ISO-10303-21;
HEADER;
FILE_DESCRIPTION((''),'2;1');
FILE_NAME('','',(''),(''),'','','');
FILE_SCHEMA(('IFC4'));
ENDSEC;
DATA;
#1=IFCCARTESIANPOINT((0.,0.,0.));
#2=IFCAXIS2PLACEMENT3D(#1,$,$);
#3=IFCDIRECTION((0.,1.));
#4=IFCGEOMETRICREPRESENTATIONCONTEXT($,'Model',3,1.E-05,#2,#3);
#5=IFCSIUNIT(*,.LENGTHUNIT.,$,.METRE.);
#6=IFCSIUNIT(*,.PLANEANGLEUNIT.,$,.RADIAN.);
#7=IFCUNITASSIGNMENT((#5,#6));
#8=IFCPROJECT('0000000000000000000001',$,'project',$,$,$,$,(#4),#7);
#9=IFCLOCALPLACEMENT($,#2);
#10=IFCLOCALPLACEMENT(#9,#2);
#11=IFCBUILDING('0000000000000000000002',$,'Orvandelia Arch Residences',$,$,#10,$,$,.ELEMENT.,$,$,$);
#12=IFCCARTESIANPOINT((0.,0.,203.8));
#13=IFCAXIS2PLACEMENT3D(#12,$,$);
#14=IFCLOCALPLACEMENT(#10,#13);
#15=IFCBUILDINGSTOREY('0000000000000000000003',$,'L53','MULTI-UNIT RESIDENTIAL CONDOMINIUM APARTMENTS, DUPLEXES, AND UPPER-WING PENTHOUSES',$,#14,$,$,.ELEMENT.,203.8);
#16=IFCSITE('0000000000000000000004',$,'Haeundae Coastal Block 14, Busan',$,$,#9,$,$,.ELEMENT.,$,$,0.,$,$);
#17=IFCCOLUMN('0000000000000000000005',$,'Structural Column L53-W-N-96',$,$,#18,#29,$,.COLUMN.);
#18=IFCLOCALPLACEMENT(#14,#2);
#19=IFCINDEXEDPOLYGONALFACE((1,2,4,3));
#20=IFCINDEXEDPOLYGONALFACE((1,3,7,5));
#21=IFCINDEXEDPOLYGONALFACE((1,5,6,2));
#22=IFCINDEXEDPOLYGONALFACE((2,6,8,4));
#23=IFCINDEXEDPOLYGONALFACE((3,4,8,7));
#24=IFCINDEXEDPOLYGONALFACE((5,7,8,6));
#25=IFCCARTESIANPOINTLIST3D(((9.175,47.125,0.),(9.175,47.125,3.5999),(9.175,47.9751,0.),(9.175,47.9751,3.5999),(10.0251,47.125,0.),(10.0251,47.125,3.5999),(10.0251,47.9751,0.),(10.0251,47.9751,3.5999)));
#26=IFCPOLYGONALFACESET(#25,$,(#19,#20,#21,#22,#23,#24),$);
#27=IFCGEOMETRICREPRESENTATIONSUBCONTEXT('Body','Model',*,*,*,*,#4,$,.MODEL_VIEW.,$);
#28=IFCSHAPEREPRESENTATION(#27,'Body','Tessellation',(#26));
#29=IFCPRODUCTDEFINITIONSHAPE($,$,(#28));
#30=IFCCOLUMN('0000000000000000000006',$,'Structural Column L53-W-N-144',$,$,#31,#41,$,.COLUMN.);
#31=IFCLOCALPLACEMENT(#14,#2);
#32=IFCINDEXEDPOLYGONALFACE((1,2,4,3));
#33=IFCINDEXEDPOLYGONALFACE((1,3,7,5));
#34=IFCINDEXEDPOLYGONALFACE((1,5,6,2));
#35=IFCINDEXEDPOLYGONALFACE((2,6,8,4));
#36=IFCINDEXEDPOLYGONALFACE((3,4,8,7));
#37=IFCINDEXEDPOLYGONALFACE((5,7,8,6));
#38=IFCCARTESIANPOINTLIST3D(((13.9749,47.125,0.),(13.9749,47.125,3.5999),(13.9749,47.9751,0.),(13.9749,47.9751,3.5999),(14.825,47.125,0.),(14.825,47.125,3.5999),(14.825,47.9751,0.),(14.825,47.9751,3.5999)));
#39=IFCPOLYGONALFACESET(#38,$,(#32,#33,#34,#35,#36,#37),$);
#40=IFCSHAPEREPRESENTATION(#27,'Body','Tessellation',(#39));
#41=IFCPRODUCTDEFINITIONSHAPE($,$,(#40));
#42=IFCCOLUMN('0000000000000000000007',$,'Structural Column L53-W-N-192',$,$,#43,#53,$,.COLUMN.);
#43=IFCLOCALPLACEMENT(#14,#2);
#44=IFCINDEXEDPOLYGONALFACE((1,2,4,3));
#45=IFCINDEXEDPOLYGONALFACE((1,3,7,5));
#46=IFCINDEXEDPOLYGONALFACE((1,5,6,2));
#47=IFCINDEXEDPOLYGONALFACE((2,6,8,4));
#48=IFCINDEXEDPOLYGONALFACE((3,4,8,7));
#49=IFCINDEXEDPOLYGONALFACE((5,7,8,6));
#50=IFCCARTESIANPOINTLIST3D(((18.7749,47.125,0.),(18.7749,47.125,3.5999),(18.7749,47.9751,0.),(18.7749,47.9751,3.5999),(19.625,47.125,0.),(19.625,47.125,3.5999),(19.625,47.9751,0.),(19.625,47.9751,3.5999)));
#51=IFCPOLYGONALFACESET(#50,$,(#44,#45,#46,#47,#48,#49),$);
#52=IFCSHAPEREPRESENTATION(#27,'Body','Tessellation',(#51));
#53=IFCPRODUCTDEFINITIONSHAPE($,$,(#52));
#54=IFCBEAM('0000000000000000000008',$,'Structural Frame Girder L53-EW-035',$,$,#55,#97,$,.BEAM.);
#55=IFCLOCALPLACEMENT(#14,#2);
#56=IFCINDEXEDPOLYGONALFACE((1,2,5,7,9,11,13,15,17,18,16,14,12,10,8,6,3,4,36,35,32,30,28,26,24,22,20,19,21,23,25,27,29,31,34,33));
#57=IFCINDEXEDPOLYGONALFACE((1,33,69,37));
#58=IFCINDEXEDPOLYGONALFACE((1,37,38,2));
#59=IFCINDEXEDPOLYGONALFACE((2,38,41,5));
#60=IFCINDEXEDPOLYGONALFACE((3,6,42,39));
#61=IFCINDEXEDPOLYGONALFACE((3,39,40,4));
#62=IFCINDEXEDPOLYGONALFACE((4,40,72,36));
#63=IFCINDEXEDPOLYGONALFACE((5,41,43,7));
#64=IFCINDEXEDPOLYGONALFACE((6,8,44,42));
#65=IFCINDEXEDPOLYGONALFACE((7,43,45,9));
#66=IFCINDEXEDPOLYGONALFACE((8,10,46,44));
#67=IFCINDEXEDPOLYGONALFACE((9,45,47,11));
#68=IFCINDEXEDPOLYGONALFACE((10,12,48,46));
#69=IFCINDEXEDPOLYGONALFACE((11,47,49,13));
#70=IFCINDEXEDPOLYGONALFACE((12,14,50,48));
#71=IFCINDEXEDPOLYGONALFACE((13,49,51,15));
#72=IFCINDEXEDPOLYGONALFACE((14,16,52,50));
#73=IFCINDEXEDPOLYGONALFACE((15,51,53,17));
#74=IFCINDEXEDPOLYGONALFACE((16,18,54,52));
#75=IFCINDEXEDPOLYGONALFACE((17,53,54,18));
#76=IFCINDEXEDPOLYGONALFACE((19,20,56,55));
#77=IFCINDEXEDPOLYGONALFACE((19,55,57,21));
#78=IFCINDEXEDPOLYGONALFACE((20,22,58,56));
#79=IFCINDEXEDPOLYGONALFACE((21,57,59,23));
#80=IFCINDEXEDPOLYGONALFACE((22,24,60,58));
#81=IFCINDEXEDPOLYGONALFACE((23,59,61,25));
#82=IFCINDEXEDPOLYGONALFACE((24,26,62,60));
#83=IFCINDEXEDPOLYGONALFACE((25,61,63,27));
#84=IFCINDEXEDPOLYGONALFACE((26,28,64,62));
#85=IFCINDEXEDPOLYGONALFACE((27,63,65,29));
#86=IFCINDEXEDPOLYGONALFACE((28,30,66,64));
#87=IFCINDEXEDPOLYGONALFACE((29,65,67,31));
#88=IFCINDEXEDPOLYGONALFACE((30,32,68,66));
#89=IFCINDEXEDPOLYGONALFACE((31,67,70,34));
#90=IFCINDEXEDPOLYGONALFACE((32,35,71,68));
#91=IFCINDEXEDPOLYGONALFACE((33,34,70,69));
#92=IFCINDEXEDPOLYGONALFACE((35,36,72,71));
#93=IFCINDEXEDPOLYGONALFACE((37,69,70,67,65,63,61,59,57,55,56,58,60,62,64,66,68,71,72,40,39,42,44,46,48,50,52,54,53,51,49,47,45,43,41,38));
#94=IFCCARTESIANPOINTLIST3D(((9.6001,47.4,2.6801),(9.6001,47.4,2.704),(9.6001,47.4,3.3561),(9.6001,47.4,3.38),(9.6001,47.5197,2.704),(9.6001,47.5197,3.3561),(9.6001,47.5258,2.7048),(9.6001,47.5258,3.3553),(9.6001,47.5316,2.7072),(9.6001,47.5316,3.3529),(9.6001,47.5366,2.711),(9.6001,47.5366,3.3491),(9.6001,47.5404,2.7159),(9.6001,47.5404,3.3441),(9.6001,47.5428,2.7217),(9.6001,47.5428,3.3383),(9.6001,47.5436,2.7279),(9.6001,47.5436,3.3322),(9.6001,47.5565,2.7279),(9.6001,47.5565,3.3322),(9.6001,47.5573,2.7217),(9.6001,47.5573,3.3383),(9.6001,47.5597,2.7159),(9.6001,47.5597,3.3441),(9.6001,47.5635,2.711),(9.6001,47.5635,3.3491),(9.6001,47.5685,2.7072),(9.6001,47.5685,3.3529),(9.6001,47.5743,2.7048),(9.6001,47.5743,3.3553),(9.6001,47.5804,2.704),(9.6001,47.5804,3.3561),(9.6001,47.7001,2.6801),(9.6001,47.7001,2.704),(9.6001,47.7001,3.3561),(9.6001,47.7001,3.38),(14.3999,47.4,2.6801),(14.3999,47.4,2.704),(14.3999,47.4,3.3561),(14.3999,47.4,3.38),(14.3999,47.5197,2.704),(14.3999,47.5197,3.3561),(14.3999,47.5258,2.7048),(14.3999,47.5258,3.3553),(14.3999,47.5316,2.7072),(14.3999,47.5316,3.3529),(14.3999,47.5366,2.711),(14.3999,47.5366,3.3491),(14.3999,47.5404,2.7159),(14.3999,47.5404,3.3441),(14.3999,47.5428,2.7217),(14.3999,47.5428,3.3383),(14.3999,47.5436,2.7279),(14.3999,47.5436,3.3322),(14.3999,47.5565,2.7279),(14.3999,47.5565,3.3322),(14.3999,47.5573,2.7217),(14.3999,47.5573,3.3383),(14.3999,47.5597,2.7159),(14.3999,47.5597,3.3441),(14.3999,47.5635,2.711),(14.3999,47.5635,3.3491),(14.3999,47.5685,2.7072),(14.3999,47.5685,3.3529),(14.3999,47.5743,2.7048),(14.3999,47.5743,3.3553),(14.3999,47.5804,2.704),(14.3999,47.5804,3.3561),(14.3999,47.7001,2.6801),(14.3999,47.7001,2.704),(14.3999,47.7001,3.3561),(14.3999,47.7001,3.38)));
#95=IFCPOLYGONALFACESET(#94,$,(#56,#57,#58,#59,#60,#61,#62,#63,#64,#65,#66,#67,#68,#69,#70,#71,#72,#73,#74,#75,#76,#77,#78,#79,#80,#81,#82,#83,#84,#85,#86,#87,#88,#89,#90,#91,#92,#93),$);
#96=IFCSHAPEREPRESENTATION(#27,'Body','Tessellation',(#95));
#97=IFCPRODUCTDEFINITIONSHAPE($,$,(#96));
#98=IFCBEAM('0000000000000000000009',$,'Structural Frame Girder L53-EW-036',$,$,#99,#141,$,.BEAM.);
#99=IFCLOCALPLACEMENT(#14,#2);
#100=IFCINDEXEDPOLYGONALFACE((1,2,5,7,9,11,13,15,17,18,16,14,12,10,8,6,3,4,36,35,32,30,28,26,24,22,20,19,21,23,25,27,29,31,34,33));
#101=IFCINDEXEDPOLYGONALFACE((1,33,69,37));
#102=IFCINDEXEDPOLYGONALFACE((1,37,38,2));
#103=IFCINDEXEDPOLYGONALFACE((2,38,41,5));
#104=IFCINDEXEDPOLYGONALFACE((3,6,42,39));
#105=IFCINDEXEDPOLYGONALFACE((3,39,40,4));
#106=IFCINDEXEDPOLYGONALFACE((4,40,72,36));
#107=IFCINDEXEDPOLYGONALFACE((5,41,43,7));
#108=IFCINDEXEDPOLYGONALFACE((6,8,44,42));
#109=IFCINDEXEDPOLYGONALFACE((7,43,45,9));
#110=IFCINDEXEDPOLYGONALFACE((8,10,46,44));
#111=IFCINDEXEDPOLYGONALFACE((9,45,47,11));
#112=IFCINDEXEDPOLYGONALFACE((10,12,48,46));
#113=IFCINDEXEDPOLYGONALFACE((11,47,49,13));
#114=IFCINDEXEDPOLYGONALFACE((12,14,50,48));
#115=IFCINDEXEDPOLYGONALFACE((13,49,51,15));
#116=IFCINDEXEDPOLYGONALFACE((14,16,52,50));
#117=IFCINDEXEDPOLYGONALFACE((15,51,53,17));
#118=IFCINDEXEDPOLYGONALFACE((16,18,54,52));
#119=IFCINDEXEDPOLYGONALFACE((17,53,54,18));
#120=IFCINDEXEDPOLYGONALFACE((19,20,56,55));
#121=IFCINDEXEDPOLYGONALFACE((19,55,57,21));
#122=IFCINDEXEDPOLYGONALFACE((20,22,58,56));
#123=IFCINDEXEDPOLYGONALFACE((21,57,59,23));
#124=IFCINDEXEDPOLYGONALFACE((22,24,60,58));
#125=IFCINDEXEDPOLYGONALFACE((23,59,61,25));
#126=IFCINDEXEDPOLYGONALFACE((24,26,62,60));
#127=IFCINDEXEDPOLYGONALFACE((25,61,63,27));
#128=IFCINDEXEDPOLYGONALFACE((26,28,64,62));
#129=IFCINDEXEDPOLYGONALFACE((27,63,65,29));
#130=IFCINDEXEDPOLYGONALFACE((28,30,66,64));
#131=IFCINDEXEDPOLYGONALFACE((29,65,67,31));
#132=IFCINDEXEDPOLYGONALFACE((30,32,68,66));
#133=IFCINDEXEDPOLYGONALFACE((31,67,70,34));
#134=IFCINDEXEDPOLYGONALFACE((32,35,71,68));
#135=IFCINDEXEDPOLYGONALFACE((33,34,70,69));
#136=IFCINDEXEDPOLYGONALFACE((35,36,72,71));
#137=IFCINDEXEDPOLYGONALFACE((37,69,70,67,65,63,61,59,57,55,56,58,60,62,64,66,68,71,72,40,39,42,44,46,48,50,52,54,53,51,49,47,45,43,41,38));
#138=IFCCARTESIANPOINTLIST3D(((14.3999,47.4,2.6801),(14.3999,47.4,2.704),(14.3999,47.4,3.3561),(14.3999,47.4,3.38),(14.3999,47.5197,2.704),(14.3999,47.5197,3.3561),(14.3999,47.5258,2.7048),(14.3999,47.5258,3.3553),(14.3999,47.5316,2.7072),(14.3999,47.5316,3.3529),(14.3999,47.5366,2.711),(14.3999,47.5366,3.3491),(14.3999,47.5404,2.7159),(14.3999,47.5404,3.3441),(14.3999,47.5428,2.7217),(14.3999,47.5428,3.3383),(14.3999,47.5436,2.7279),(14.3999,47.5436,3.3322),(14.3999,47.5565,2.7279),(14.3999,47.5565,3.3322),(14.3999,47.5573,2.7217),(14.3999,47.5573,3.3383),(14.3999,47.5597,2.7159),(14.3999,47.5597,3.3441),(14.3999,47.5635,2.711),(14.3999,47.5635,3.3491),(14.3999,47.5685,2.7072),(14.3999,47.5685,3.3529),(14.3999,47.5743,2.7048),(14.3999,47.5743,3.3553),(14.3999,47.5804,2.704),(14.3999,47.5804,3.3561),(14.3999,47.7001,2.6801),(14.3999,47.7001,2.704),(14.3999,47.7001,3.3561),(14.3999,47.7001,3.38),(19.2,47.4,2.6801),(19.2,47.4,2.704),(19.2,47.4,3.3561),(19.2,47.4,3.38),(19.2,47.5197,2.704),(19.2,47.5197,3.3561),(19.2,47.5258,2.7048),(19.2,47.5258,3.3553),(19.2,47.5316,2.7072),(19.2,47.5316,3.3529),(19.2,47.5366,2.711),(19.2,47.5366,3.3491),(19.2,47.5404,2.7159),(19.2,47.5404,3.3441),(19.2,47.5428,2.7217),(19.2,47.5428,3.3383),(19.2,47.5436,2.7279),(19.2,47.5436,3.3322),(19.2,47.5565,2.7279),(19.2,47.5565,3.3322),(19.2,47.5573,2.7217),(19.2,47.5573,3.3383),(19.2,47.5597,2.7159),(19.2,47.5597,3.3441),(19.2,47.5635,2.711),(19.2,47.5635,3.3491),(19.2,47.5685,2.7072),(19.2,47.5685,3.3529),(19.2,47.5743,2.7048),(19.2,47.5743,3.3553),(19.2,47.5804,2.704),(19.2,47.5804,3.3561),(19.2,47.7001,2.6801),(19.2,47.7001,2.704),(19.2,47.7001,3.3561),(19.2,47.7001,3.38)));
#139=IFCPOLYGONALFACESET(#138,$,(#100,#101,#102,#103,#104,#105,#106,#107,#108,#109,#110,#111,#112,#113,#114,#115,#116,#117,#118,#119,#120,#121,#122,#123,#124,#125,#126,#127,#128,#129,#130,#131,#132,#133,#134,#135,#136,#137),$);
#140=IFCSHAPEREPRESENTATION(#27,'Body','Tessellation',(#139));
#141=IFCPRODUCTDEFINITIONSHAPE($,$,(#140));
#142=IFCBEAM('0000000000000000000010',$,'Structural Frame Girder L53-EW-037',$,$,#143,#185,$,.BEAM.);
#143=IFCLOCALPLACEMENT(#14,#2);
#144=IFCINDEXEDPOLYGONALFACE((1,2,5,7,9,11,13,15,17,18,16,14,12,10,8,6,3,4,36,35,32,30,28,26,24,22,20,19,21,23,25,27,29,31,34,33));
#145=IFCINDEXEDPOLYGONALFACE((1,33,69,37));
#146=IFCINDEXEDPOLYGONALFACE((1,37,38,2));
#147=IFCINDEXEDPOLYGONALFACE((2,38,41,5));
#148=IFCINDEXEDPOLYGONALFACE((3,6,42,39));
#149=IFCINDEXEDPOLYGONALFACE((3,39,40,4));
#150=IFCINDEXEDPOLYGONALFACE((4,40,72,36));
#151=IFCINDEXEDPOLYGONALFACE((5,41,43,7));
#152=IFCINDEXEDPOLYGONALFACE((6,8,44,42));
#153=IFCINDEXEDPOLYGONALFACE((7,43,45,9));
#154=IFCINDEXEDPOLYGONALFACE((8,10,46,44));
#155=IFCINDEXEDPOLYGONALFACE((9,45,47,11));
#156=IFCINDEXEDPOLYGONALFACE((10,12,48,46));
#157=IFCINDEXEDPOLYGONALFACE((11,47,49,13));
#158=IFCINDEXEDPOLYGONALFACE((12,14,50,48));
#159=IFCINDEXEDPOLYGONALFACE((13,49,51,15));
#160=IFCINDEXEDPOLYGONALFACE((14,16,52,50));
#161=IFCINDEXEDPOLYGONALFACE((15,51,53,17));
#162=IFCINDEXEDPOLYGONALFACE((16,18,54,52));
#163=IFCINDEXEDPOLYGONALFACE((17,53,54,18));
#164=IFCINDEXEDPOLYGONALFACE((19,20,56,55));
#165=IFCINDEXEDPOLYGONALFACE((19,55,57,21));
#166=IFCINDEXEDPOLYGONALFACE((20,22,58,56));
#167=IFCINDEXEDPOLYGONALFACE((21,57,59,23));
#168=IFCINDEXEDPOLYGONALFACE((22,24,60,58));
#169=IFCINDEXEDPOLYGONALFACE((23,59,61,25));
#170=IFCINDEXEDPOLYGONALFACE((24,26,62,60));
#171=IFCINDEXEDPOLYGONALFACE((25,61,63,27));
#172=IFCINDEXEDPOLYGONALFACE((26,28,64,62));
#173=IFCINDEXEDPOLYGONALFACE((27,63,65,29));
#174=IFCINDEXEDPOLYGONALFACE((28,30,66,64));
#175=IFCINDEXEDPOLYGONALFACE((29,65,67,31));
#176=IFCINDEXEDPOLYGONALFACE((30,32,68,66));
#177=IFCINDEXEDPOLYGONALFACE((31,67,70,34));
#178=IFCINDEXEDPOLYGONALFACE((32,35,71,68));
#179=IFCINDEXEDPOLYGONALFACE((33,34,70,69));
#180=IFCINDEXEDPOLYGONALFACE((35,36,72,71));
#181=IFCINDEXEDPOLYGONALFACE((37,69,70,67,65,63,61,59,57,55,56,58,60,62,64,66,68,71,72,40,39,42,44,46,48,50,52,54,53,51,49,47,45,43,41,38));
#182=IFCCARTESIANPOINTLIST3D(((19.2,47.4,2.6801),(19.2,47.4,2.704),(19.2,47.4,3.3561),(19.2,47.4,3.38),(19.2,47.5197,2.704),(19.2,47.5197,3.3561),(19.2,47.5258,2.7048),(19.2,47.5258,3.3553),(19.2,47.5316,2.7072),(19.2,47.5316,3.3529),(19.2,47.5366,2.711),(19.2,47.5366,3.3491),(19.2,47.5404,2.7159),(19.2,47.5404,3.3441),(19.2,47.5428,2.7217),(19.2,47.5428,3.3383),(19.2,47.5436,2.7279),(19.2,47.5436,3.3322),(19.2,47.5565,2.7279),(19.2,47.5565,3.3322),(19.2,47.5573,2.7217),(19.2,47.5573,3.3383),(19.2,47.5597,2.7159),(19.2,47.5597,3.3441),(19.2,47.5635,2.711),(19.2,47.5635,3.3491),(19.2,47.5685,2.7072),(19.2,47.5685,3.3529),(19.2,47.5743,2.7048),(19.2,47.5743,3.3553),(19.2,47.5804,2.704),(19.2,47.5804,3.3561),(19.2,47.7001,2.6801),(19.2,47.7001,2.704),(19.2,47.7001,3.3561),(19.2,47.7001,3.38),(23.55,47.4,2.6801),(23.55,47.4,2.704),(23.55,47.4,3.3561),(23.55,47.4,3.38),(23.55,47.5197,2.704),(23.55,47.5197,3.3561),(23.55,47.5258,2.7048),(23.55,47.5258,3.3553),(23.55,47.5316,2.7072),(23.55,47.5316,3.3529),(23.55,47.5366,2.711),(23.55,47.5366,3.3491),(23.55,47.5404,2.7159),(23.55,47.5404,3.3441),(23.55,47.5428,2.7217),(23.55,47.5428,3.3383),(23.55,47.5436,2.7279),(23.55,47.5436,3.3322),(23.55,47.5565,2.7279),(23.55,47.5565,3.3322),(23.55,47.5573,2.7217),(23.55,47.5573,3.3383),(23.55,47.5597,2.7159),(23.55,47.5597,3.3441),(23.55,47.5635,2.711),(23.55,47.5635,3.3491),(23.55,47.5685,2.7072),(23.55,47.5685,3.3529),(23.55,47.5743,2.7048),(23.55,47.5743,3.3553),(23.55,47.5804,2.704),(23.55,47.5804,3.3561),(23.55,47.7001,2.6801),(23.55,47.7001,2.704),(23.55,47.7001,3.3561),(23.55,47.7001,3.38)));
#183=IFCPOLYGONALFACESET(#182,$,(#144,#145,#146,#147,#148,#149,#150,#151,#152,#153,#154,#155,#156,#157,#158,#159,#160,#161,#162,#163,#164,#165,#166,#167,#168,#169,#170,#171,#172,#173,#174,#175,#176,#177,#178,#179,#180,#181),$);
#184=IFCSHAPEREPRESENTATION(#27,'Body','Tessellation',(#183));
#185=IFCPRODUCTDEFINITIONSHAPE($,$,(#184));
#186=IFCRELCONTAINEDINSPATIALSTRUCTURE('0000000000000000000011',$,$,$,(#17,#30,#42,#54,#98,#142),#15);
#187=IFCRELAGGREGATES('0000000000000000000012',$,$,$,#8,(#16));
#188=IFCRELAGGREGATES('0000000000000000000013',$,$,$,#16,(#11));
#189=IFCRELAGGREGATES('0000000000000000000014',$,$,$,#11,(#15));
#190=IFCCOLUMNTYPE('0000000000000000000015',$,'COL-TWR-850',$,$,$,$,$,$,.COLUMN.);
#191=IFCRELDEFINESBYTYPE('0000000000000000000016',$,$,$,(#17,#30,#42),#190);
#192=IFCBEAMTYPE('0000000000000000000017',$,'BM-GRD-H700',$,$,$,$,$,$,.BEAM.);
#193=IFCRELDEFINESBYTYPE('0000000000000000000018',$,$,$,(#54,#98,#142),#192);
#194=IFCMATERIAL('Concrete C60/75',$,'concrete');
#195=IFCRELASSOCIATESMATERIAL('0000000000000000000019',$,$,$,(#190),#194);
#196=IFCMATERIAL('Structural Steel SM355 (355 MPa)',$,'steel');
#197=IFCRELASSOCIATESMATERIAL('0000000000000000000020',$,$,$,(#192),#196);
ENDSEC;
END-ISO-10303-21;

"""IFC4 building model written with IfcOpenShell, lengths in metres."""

from ifc_helpers import new_model, si_unit, direction, frame, origin, origin_2d, place, context, subcontext, project, spatial, rectangle, i_section, extrude, material, material_profile, profile_set, type_object, element, save


model = new_model("IFC4")

# Units and contexts
model_context = context("Model", 3, precision=1e-05, world=origin(), true_north=direction((0.0, 1.0)))
body_context = subcontext(model_context, "Body", "Model", "MODEL_VIEW")
ifc_project = project(units=[si_unit("LENGTHUNIT", "METRE"), si_unit("PLANEANGLEUNIT", "RADIAN")], contexts=[model_context])

# Site, building, storey
site_placement = place(None, origin())
site = spatial("IfcSite", under=ifc_project, at=site_placement, Name="Haeundae Coastal Block 14, Busan", CompositionType="ELEMENT", RefElevation=0.0)
building_placement = place(site_placement, origin())
building = spatial("IfcBuilding", under=site, at=building_placement, Name="Orvandelia Arch Residences", CompositionType="ELEMENT")
storey_placement = place(building_placement, frame((0.0, 0.0, 203.8)))
storey = spatial("IfcBuildingStorey", under=building, at=storey_placement, Name="L53", Description="MULTI-UNIT RESIDENTIAL CONDOMINIUM APARTMENTS, DUPLEXES, AND UPPER-WING PENTHOUSES", CompositionType="ELEMENT", Elevation=203.8)

# Columns
ifc_material_1 = material(Name="Concrete C60/75", Category="concrete")
ifc_material_profile_1 = material_profile(ifc_material_1, rectangle(XDim=0.8501, YDim=0.8501, at=origin_2d()), Name="Concrete C60/75", Category="concrete")
ifc_profile_set_1 = profile_set([ifc_material_profile_1], Name="Concrete C60/75")
column_type = type_object("IfcColumnType", Name="COL-TWR-850", PredefinedType="COLUMN", material=ifc_profile_set_1)
for number, where, z_axis, x_axis, name in (
    (1, (9.6001, 47.55, 0.0), (0.0, 0.0, 1.0), (1.0, 0.0, 0.0), "Structural Column L53-W-N-96"),
    (2, (14.3999, 47.55, 0.0), (0.0, 0.0, 1.0), (1.0, 0.0, 0.0), "Structural Column L53-W-N-144"),
    (3, (19.2, 47.55, 0.0), (0.0, 0.0, 1.0), (1.0, 0.0, 0.0), "Structural Column L53-W-N-192"),
):
    element("IfcColumn", number, at=place(storey_placement, frame(where, z_axis=z_axis, x_axis=x_axis)), inside=storey, type_object=column_type, Name=name, PredefinedType="COLUMN", context=body_context, shape_type="SweptSolid", body=[
        extrude(rectangle(XDim=0.8501, YDim=0.8501, at=origin_2d()), origin(), (0.0, 0.0, 1.0), 3.5999),
    ])

# Beams
ifc_material_2 = material(Name="Structural Steel SM355 (355 MPa)", Category="steel")
ifc_material_profile_2 = material_profile(ifc_material_2, i_section(OverallWidth=0.3, OverallDepth=0.7, WebThickness=0.0129, FlangeThickness=0.0239, FilletRadius=0.0239, at=origin_2d()), Name="Structural Steel SM355 (355 MPa)", Category="steel")
ifc_profile_set_2 = profile_set([ifc_material_profile_2], Name="Structural Steel SM355 (355 MPa)")
beam_type = type_object("IfcBeamType", Name="BM-GRD-H700", PredefinedType="BEAM", material=ifc_profile_set_2)
beam_1_placement = place(storey_placement, frame((9.6001, 47.55, 3.03), z_axis=(1.0, 0.0, 0.0), x_axis=(0.0, 1.0, 0.0)))
element("IfcBeam", 4, at=beam_1_placement, inside=storey, type_object=beam_type, Name="Structural Frame Girder L53-EW-035", PredefinedType="BEAM", context=body_context, shape_type="SweptSolid", body=[
    extrude(i_section(OverallWidth=0.3, OverallDepth=0.7, WebThickness=0.0129, FlangeThickness=0.0239, FilletRadius=0.0239, at=origin_2d()), origin(), (0.0, 0.0, 1.0), 4.7998),
])
beam_2_placement = place(storey_placement, frame((14.3999, 47.55, 3.03), z_axis=(1.0, 0.0, 0.0), x_axis=(0.0, 1.0, 0.0)))
element("IfcBeam", 5, at=beam_2_placement, inside=storey, type_object=beam_type, Name="Structural Frame Girder L53-EW-036", PredefinedType="BEAM", context=body_context, shape_type="SweptSolid", body=[
    extrude(i_section(OverallWidth=0.3, OverallDepth=0.7, WebThickness=0.0129, FlangeThickness=0.0239, FilletRadius=0.0239, at=origin_2d()), origin(), (0.0, 0.0, 1.0), 4.8),
])
beam_3_placement = place(storey_placement, frame((19.2, 47.55, 3.03), z_axis=(1.0, 0.0, 0.0), x_axis=(0.0, 1.0, 0.0)))
element("IfcBeam", 6, at=beam_3_placement, inside=storey, type_object=beam_type, Name="Structural Frame Girder L53-EW-037", PredefinedType="BEAM", context=body_context, shape_type="SweptSolid", body=[
    extrude(i_section(OverallWidth=0.3, OverallDepth=0.7, WebThickness=0.0129, FlangeThickness=0.0239, FilletRadius=0.0239, at=origin_2d()), origin(), (0.0, 0.0, 1.0), 4.3501),
])

save(model, "model.ifc")
